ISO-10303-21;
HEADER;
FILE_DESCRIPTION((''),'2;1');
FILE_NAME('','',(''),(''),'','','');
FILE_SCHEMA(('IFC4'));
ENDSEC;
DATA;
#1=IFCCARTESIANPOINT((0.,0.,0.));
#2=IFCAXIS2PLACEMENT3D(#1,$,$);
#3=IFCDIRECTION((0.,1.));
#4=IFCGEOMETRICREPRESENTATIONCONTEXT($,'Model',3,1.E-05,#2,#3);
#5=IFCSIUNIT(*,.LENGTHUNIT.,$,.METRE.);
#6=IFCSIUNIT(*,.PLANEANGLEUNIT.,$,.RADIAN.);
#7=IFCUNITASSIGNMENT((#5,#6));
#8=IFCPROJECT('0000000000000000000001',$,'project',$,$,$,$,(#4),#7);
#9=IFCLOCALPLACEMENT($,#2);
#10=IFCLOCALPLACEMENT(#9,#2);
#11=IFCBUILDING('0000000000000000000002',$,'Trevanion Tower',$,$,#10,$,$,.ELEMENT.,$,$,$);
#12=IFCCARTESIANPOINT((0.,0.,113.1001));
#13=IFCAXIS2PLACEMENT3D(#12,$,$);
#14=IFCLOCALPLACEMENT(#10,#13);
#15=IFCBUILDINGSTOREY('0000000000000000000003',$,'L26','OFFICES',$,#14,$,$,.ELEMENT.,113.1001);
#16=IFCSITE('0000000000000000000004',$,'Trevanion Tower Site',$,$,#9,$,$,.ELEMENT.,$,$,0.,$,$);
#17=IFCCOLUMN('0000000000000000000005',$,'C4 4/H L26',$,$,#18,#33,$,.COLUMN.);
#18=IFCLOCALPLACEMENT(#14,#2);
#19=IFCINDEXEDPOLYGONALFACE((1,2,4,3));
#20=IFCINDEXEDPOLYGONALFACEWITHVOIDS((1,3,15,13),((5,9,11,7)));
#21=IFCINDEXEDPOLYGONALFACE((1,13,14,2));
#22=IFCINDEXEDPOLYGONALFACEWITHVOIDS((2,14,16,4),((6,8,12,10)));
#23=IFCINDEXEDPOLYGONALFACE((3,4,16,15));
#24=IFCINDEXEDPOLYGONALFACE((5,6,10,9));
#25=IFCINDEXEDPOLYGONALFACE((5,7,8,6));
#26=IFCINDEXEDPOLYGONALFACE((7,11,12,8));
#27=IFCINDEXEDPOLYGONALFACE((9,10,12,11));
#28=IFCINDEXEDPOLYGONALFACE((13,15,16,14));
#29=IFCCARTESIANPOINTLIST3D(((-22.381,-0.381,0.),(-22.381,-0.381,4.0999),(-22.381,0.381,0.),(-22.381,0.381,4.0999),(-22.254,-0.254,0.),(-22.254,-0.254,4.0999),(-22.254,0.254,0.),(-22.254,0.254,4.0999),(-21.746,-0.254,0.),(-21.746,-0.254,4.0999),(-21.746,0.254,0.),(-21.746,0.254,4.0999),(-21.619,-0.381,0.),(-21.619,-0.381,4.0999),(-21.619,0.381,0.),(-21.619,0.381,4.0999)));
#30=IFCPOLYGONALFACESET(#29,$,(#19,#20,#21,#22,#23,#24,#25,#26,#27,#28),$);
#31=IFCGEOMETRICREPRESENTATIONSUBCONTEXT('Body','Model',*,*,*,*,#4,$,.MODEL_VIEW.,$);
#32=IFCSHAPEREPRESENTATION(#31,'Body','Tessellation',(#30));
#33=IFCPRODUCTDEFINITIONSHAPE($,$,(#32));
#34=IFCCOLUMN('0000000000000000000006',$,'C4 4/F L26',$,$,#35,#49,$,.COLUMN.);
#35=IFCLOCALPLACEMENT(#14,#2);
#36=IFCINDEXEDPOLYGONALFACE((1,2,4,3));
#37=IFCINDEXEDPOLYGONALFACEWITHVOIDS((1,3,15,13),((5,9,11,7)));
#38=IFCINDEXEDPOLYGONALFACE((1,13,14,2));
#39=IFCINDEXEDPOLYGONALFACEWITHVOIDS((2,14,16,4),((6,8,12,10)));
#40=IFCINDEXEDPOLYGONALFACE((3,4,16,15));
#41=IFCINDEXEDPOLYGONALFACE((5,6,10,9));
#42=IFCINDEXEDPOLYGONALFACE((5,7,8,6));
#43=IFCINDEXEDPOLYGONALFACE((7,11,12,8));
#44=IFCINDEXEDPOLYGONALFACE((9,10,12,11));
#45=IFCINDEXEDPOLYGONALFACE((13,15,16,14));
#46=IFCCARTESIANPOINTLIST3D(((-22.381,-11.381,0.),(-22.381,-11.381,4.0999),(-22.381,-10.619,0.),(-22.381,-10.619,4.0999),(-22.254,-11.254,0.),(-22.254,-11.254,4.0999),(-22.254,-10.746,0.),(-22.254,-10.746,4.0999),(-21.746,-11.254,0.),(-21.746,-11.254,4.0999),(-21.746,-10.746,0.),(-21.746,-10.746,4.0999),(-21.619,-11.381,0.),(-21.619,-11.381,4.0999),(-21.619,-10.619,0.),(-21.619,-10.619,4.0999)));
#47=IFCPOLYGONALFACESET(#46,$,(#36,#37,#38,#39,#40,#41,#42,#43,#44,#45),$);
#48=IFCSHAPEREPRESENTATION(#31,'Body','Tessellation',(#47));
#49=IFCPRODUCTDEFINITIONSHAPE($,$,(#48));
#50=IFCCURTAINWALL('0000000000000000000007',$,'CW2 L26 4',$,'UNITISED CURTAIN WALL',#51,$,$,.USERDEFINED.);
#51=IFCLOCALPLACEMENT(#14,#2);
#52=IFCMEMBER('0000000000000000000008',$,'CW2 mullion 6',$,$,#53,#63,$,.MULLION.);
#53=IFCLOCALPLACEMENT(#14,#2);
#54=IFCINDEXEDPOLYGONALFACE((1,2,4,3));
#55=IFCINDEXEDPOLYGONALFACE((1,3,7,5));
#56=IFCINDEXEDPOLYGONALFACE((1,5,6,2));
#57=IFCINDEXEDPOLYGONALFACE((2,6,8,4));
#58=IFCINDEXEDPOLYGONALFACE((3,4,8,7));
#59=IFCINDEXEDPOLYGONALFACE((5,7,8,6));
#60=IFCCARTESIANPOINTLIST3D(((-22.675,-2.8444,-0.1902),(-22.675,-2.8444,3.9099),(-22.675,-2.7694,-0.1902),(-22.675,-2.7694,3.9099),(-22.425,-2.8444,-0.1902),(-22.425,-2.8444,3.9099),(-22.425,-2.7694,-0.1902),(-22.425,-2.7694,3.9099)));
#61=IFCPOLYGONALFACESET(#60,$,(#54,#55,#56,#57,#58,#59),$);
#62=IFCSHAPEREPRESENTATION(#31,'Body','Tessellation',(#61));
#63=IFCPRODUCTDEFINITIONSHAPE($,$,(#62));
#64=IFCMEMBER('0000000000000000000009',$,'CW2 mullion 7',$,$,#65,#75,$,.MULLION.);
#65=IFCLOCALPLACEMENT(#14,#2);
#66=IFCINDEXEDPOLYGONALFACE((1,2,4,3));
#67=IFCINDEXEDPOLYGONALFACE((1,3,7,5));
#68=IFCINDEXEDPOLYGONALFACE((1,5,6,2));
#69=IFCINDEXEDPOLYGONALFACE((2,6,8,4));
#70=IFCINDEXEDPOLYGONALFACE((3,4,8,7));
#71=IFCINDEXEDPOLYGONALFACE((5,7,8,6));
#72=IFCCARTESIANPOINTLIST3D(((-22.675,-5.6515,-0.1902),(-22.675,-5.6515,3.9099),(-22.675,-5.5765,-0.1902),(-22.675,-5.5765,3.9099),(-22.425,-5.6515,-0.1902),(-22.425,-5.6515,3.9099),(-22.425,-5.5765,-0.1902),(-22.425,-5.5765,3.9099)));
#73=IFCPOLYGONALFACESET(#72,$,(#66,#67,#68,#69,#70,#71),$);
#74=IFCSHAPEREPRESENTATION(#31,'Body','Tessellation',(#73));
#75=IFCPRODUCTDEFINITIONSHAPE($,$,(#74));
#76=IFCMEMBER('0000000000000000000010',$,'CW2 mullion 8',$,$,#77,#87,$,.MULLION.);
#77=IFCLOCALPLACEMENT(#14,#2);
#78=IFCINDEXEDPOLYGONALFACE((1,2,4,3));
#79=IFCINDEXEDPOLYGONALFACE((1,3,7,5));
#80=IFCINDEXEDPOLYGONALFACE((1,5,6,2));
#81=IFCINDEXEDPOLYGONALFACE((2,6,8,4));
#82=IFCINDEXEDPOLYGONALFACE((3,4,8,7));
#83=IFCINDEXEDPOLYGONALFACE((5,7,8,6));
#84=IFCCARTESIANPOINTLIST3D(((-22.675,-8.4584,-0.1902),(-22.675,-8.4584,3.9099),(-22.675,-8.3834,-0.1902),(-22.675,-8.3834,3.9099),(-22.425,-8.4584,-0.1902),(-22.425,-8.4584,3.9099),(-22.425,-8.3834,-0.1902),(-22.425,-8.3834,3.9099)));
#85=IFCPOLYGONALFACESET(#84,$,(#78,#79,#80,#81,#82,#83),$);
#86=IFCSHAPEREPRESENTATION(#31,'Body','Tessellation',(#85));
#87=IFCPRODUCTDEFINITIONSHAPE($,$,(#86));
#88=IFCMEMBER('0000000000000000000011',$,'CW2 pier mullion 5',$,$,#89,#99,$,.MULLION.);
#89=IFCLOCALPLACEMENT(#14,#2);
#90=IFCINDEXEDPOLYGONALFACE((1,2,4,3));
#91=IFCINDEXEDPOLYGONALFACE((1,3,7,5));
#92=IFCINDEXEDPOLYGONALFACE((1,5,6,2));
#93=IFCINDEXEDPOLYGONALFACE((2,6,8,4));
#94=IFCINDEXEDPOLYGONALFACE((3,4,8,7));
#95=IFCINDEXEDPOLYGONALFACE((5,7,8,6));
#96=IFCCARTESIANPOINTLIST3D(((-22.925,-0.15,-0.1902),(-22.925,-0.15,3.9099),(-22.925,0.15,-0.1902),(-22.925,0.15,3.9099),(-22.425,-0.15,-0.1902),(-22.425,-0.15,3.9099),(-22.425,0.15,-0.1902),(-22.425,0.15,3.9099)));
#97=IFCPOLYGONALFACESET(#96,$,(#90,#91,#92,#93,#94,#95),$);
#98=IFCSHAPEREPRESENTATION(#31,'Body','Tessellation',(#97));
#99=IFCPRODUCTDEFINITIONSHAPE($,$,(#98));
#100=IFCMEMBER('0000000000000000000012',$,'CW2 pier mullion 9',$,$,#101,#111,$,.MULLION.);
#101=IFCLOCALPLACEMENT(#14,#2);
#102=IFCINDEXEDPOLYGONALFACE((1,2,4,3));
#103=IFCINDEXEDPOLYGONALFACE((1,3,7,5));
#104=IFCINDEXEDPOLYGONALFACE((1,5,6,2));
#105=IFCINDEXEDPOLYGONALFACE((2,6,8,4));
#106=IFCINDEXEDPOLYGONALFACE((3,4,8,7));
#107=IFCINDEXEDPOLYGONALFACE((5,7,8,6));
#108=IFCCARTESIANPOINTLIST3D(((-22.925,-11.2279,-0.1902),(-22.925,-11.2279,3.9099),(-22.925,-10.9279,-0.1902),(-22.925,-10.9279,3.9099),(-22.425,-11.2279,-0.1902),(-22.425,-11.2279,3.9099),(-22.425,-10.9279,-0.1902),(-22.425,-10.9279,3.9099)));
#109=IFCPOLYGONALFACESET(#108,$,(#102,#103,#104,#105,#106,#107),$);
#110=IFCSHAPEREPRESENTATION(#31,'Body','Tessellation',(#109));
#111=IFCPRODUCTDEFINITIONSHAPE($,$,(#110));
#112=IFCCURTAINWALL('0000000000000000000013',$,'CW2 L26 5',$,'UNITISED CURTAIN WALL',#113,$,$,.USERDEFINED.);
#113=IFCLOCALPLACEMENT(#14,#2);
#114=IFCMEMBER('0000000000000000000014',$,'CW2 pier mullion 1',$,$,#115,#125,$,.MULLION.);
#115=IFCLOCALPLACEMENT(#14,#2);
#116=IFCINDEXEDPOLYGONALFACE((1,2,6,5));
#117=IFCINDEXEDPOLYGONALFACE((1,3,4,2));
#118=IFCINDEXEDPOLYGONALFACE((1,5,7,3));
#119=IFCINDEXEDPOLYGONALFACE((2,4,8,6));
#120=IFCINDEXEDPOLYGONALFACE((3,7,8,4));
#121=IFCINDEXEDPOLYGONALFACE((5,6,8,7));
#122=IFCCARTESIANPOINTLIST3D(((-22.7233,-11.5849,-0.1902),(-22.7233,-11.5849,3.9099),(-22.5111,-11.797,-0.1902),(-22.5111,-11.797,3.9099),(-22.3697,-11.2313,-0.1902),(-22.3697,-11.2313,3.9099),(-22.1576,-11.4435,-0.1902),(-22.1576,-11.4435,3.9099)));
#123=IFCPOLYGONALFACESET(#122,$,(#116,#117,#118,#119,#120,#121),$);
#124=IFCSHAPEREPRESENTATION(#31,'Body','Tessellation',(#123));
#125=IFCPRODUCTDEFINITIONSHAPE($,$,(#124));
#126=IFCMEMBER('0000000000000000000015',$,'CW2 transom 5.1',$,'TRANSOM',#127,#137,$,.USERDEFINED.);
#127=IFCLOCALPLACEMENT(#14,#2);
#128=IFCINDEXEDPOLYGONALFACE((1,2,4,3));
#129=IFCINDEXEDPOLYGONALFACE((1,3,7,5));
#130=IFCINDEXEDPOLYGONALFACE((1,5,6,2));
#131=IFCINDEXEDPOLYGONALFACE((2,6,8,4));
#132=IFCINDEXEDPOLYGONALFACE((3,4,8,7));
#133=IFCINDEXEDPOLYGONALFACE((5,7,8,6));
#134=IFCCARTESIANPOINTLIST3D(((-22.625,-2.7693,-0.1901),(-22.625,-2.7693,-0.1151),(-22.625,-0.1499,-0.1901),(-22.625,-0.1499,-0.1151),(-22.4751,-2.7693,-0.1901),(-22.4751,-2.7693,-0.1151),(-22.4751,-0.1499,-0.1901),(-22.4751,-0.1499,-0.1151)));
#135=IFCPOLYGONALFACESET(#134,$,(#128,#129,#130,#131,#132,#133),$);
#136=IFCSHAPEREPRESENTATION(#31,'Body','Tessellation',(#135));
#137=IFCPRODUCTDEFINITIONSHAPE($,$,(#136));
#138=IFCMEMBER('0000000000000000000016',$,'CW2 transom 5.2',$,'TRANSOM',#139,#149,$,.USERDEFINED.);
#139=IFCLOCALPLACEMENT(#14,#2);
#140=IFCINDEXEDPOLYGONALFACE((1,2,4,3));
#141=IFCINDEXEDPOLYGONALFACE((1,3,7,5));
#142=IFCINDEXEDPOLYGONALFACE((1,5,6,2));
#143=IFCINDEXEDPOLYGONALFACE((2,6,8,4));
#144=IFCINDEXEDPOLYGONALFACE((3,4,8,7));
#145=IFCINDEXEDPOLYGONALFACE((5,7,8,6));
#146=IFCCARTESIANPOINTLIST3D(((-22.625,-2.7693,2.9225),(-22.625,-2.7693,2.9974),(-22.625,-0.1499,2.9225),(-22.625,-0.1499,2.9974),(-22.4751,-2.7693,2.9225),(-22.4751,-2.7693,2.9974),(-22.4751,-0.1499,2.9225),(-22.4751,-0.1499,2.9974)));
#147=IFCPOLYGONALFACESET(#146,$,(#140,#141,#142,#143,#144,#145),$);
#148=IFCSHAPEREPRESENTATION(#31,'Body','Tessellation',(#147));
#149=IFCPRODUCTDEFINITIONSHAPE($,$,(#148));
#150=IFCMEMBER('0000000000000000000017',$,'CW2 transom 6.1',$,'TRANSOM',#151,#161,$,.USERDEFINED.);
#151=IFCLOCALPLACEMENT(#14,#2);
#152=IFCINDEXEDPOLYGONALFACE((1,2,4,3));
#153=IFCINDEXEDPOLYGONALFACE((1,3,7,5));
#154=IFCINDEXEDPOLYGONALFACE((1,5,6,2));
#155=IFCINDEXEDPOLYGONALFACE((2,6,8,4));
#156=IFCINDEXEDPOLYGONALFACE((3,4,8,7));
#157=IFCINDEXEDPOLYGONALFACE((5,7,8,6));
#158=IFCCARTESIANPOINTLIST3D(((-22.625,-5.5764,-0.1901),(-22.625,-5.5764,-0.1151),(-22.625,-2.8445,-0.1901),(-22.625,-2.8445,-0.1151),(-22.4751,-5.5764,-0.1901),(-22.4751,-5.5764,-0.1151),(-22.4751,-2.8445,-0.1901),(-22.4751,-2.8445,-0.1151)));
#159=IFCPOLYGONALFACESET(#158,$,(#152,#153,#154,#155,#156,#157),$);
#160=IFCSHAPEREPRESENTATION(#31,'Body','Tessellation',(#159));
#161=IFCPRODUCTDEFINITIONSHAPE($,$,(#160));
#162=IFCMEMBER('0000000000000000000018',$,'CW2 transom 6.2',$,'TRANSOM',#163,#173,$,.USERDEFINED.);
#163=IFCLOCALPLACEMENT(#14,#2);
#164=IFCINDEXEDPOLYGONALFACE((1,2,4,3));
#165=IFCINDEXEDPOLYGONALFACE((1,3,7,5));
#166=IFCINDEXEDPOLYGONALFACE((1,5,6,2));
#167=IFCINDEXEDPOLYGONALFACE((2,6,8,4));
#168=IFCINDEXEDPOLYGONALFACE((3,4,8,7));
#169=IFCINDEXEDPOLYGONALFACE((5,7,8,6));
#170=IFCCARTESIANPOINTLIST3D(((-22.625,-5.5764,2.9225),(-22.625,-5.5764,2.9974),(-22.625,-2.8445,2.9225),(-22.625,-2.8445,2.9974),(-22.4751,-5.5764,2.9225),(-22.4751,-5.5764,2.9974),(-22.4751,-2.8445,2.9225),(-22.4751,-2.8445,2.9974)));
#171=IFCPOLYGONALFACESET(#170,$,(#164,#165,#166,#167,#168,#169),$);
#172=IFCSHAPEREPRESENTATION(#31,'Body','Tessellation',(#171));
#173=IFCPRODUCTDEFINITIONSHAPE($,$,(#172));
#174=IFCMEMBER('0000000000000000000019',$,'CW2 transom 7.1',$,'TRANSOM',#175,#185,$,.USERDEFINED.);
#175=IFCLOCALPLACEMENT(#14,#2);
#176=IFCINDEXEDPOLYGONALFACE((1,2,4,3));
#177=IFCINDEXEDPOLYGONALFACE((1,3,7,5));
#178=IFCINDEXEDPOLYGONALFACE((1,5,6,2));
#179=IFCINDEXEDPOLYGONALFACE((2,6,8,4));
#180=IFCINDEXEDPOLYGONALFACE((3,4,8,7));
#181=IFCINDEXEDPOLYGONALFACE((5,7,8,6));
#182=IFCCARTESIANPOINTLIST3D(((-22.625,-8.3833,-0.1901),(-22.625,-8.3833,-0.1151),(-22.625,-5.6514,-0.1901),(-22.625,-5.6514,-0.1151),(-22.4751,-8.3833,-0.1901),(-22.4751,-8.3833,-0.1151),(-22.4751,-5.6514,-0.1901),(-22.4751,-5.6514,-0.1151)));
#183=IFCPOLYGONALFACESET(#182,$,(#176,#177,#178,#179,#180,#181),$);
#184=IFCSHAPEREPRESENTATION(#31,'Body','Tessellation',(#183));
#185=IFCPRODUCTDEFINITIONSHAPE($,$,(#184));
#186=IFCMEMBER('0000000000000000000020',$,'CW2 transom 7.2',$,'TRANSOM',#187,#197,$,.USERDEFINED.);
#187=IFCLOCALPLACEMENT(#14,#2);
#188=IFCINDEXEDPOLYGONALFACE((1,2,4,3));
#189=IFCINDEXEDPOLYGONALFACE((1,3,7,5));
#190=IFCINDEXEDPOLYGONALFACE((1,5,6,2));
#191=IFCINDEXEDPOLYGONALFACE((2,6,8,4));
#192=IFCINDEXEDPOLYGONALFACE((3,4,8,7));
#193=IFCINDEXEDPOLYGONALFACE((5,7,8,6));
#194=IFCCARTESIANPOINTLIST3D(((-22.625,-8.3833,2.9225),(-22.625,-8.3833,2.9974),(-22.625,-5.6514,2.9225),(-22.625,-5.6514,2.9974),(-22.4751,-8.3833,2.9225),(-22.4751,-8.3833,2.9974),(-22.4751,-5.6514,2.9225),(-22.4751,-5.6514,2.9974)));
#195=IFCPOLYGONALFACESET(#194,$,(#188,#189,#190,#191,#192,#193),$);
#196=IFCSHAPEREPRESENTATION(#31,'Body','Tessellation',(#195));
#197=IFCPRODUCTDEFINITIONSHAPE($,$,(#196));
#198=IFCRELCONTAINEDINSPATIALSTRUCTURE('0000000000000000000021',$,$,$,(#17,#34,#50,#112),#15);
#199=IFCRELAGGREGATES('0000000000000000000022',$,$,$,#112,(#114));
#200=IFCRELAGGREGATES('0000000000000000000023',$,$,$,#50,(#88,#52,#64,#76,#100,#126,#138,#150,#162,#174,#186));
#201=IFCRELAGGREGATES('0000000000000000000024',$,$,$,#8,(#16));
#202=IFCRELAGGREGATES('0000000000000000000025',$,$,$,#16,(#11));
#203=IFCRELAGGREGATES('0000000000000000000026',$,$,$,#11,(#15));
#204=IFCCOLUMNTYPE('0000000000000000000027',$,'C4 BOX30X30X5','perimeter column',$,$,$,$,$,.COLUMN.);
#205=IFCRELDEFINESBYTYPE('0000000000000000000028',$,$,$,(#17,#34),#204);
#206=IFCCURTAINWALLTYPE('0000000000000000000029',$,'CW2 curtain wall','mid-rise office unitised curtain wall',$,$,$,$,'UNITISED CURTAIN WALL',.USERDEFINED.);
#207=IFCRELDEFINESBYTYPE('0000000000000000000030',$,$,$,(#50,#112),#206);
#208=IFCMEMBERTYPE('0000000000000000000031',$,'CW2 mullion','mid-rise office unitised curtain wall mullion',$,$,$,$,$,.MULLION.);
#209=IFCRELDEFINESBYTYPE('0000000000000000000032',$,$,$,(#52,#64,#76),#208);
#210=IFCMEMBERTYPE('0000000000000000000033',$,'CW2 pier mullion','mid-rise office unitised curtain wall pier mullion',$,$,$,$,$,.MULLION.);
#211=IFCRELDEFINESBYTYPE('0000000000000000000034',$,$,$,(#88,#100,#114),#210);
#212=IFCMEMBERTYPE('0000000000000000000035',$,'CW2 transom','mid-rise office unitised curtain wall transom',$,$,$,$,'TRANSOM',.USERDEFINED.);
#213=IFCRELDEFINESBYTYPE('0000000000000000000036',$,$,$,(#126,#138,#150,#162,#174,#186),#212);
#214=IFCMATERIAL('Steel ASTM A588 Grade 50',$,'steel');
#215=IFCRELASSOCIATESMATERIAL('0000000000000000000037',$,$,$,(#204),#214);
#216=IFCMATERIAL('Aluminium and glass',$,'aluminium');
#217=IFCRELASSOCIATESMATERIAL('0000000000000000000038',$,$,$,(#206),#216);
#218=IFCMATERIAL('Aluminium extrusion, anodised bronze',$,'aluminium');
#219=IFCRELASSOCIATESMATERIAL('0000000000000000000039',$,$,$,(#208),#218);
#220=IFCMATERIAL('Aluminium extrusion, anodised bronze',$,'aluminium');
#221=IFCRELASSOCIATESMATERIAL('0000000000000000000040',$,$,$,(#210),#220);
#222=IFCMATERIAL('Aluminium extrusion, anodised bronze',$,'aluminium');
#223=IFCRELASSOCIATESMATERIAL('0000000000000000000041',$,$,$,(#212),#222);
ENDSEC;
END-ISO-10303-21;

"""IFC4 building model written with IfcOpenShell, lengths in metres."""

from ifc_helpers import new_model, si_unit, direction, frame, origin, origin_2d, place, context, subcontext, project, spatial, rectangle, hollow_rectangle, extrude, material, material_profile, profile_set, type_object, element, aggregate, save


model = new_model("IFC4")

# Units and contexts
model_context = context("Model", 3, precision=1e-05, world=origin(), true_north=direction((0.0, 1.0)))
body_context = subcontext(model_context, "Body", "Model", "MODEL_VIEW")
ifc_project = project(units=[si_unit("LENGTHUNIT", "METRE"), si_unit("PLANEANGLEUNIT", "RADIAN")], contexts=[model_context])

# Site, building, storey
site_placement = place(None, origin())
site = spatial("IfcSite", under=ifc_project, at=site_placement, Name="Trevanion Tower Site", CompositionType="ELEMENT", RefElevation=0.0)
building_placement = place(site_placement, origin())
building = spatial("IfcBuilding", under=site, at=building_placement, Name="Trevanion Tower", CompositionType="ELEMENT")
storey_placement = place(building_placement, frame((0.0, 0.0, 113.1001)))
storey = spatial("IfcBuildingStorey", under=building, at=storey_placement, Name="L26", Description="OFFICES", CompositionType="ELEMENT", Elevation=113.1001)

# Columns
ifc_material_1 = material(Name="Steel ASTM A588 Grade 50", Category="steel")
ifc_material_profile_1 = material_profile(ifc_material_1, hollow_rectangle(XDim=0.762, YDim=0.762, WallThickness=0.127, at=origin_2d()), Name="BOX30X30X5")
ifc_profile_set_1 = profile_set([ifc_material_profile_1], Name="Steel ASTM A588 Grade 50")
column_type = type_object("IfcColumnType", Name="C4 BOX30X30X5", Description="perimeter column", PredefinedType="COLUMN", material=ifc_profile_set_1)
for number, where, z_axis, x_axis, name in (
    (1, (-22.0, 0.0, 0.0), (0.0, 0.0, 1.0), (0.0, 1.0, 0.0), "C4 4/H L26"),
    (2, (-22.0, -11.0, 0.0), (0.0, 0.0, 1.0), (0.0, 1.0, 0.0), "C4 4/F L26"),
):
    element("IfcColumn", number, at=place(storey_placement, frame(where, z_axis=z_axis, x_axis=x_axis)), inside=storey, type_object=column_type, Name=name, PredefinedType="COLUMN", context=body_context, shape_type="SweptSolid", body=[
        extrude(hollow_rectangle(XDim=0.762, YDim=0.762, WallThickness=0.127, at=origin_2d()), origin(), (0.0, 0.0, 1.0), 4.0999),
    ])

# Curtain wall, members
ifc_material_2 = material(Name="Aluminium and glass", Category="aluminium")
curtain_wall_type = type_object("IfcCurtainWallType", Name="CW2 curtain wall", Description="mid-rise office unitised curtain wall", ElementType="UNITISED CURTAIN WALL", PredefinedType="USERDEFINED", material=ifc_material_2)
curtain_wall_1_placement = place(storey_placement, origin())
curtain_wall_1 = element("IfcCurtainWall", 3, at=curtain_wall_1_placement, inside=storey, type_object=curtain_wall_type, Name="CW2 L26 4", ObjectType="UNITISED CURTAIN WALL", PredefinedType="USERDEFINED")
ifc_material_3 = material(Name="Aluminium extrusion, anodised bronze", Category="aluminium")
ifc_material_profile_2 = material_profile(ifc_material_3, rectangle(XDim=0.075, YDim=0.25, at=origin_2d()), Name="CW2 mullion")
ifc_profile_set_2 = profile_set([ifc_material_profile_2], Name="Aluminium extrusion, anodised bronze")
member_type_1 = type_object("IfcMemberType", Name="CW2 mullion", Description="mid-rise office unitised curtain wall mullion", PredefinedType="MULLION", material=ifc_profile_set_2)
member_1_placement = place(storey_placement, frame((-22.55, -2.8069, -0.1902), z_axis=(0.0, 0.0, 1.0), x_axis=(0.0, -1.0, 0.0)))
member_1 = element("IfcMember", 4, at=member_1_placement, type_object=member_type_1, Name="CW2 mullion 6", PredefinedType="MULLION", context=body_context, shape_type="SweptSolid", body=[
    extrude(rectangle(XDim=0.075, YDim=0.25, at=origin_2d()), origin(), (0.0, 0.0, 1.0), 4.1001),
])
member_2_placement = place(storey_placement, frame((-22.55, -5.614, -0.1902), z_axis=(0.0, 0.0, 1.0), x_axis=(0.0, -1.0, 0.0)))
member_2 = element("IfcMember", 5, at=member_2_placement, type_object=member_type_1, Name="CW2 mullion 7", PredefinedType="MULLION", context=body_context, shape_type="SweptSolid", body=[
    extrude(rectangle(XDim=0.075, YDim=0.25, at=origin_2d()), origin(), (0.0, 0.0, 1.0), 4.1001),
])
member_3_placement = place(storey_placement, frame((-22.55, -8.4209, -0.1902), z_axis=(0.0, 0.0, 1.0), x_axis=(0.0, -1.0, 0.0)))
member_3 = element("IfcMember", 6, at=member_3_placement, type_object=member_type_1, Name="CW2 mullion 8", PredefinedType="MULLION", context=body_context, shape_type="SweptSolid", body=[
    extrude(rectangle(XDim=0.075, YDim=0.25, at=origin_2d()), origin(), (0.0, 0.0, 1.0), 4.1001),
])
ifc_material_4 = material(Name="Aluminium extrusion, anodised bronze", Category="aluminium")
ifc_material_profile_3 = material_profile(ifc_material_4, rectangle(XDim=0.3, YDim=0.5, at=origin_2d()), Name="CW2 pier mullion")
ifc_profile_set_3 = profile_set([ifc_material_profile_3], Name="Aluminium extrusion, anodised bronze")
member_type_2 = type_object("IfcMemberType", Name="CW2 pier mullion", Description="mid-rise office unitised curtain wall pier mullion", PredefinedType="MULLION", material=ifc_profile_set_3)
member_4_placement = place(storey_placement, frame((-22.675, 0.0, -0.1902), z_axis=(0.0, 0.0, 1.0), x_axis=(0.0, -1.0, 0.0)))
member_4 = element("IfcMember", 7, at=member_4_placement, type_object=member_type_2, Name="CW2 pier mullion 5", PredefinedType="MULLION", context=body_context, shape_type="SweptSolid", body=[
    extrude(rectangle(XDim=0.3, YDim=0.5, at=origin_2d()), origin(), (0.0, 0.0, 1.0), 4.1001),
])
member_5_placement = place(storey_placement, frame((-22.675, -11.0779, -0.1902), z_axis=(0.0, 0.0, 1.0), x_axis=(0.0, -1.0, 0.0)))
member_5 = element("IfcMember", 8, at=member_5_placement, type_object=member_type_2, Name="CW2 pier mullion 9", PredefinedType="MULLION", context=body_context, shape_type="SweptSolid", body=[
    extrude(rectangle(XDim=0.3, YDim=0.5, at=origin_2d()), origin(), (0.0, 0.0, 1.0), 4.1001),
])

# Curtain wall, member
curtain_wall_2_placement = place(storey_placement, origin())
curtain_wall_2 = element("IfcCurtainWall", 9, at=curtain_wall_2_placement, inside=storey, type_object=curtain_wall_type, Name="CW2 L26 5", ObjectType="UNITISED CURTAIN WALL", PredefinedType="USERDEFINED")
member_6_placement = place(storey_placement, frame((-22.4404, -11.5142, -0.1902), z_axis=(0.0, 0.0, 1.0), x_axis=(0.707107, -0.707107, 0.0)))
member_6 = element("IfcMember", 10, at=member_6_placement, type_object=member_type_2, Name="CW2 pier mullion 1", PredefinedType="MULLION", context=body_context, shape_type="SweptSolid", body=[
    extrude(rectangle(XDim=0.3, YDim=0.5, at=origin_2d()), origin(), (0.0, 0.0, 1.0), 4.1001),
])

# Members
ifc_material_5 = material(Name="Aluminium extrusion, anodised bronze", Category="aluminium")
ifc_material_profile_4 = material_profile(ifc_material_5, rectangle(XDim=0.1499, YDim=0.075, at=origin_2d()), Name="CW2 transom")
ifc_profile_set_4 = profile_set([ifc_material_profile_4], Name="Aluminium extrusion, anodised bronze")
member_type_3 = type_object("IfcMemberType", Name="CW2 transom", Description="mid-rise office unitised curtain wall transom", ElementType="TRANSOM", PredefinedType="USERDEFINED", material=ifc_profile_set_4)
member_7_placement = place(storey_placement, frame((-22.55, -0.1499, -0.1526), z_axis=(0.0, -1.0, 0.0), x_axis=(1.0, 0.0, 0.0)))
member_7 = element("IfcMember", 11, at=member_7_placement, type_object=member_type_3, Name="CW2 transom 5.1", ObjectType="TRANSOM", PredefinedType="USERDEFINED", context=body_context, shape_type="SweptSolid", body=[
    extrude(rectangle(XDim=0.1499, YDim=0.075, at=origin_2d()), origin(), (0.0, 0.0, 1.0), 2.6194),
])
member_8_placement = place(storey_placement, frame((-22.55, -0.1499, 2.96), z_axis=(0.0, -1.0, 0.0), x_axis=(1.0, 0.0, 0.0)))
member_8 = element("IfcMember", 12, at=member_8_placement, type_object=member_type_3, Name="CW2 transom 5.2", ObjectType="TRANSOM", PredefinedType="USERDEFINED", context=body_context, shape_type="SweptSolid", body=[
    extrude(rectangle(XDim=0.1499, YDim=0.075, at=origin_2d()), origin(), (0.0, 0.0, 1.0), 2.6194),
])
member_9_placement = place(storey_placement, frame((-22.55, -2.8445, -0.1526), z_axis=(0.0, -1.0, 0.0), x_axis=(1.0, 0.0, 0.0)))
member_9 = element("IfcMember", 13, at=member_9_placement, type_object=member_type_3, Name="CW2 transom 6.1", ObjectType="TRANSOM", PredefinedType="USERDEFINED", context=body_context, shape_type="SweptSolid", body=[
    extrude(rectangle(XDim=0.1499, YDim=0.075, at=origin_2d()), origin(), (0.0, 0.0, 1.0), 2.7319),
])
member_10_placement = place(storey_placement, frame((-22.55, -2.8445, 2.96), z_axis=(0.0, -1.0, 0.0), x_axis=(1.0, 0.0, 0.0)))
member_10 = element("IfcMember", 14, at=member_10_placement, type_object=member_type_3, Name="CW2 transom 6.2", ObjectType="TRANSOM", PredefinedType="USERDEFINED", context=body_context, shape_type="SweptSolid", body=[
    extrude(rectangle(XDim=0.1499, YDim=0.075, at=origin_2d()), origin(), (0.0, 0.0, 1.0), 2.7319),
])
member_11_placement = place(storey_placement, frame((-22.55, -5.6514, -0.1526), z_axis=(0.0, -1.0, 0.0), x_axis=(1.0, 0.0, 0.0)))
member_11 = element("IfcMember", 15, at=member_11_placement, type_object=member_type_3, Name="CW2 transom 7.1", ObjectType="TRANSOM", PredefinedType="USERDEFINED", context=body_context, shape_type="SweptSolid", body=[
    extrude(rectangle(XDim=0.1499, YDim=0.075, at=origin_2d()), origin(), (0.0, 0.0, 1.0), 2.7319),
])
member_12_placement = place(storey_placement, frame((-22.55, -5.6514, 2.96), z_axis=(0.0, -1.0, 0.0), x_axis=(1.0, 0.0, 0.0)))
member_12 = element("IfcMember", 16, at=member_12_placement, type_object=member_type_3, Name="CW2 transom 7.2", ObjectType="TRANSOM", PredefinedType="USERDEFINED", context=body_context, shape_type="SweptSolid", body=[
    extrude(rectangle(XDim=0.1499, YDim=0.075, at=origin_2d()), origin(), (0.0, 0.0, 1.0), 2.7319),
])
aggregate(curtain_wall_2, [member_6])

aggregate(curtain_wall_1, [member_4, member_1, member_2, member_3, member_5, member_7, member_8, member_9, member_10, member_11, member_12])

save(model, "model.ifc")
